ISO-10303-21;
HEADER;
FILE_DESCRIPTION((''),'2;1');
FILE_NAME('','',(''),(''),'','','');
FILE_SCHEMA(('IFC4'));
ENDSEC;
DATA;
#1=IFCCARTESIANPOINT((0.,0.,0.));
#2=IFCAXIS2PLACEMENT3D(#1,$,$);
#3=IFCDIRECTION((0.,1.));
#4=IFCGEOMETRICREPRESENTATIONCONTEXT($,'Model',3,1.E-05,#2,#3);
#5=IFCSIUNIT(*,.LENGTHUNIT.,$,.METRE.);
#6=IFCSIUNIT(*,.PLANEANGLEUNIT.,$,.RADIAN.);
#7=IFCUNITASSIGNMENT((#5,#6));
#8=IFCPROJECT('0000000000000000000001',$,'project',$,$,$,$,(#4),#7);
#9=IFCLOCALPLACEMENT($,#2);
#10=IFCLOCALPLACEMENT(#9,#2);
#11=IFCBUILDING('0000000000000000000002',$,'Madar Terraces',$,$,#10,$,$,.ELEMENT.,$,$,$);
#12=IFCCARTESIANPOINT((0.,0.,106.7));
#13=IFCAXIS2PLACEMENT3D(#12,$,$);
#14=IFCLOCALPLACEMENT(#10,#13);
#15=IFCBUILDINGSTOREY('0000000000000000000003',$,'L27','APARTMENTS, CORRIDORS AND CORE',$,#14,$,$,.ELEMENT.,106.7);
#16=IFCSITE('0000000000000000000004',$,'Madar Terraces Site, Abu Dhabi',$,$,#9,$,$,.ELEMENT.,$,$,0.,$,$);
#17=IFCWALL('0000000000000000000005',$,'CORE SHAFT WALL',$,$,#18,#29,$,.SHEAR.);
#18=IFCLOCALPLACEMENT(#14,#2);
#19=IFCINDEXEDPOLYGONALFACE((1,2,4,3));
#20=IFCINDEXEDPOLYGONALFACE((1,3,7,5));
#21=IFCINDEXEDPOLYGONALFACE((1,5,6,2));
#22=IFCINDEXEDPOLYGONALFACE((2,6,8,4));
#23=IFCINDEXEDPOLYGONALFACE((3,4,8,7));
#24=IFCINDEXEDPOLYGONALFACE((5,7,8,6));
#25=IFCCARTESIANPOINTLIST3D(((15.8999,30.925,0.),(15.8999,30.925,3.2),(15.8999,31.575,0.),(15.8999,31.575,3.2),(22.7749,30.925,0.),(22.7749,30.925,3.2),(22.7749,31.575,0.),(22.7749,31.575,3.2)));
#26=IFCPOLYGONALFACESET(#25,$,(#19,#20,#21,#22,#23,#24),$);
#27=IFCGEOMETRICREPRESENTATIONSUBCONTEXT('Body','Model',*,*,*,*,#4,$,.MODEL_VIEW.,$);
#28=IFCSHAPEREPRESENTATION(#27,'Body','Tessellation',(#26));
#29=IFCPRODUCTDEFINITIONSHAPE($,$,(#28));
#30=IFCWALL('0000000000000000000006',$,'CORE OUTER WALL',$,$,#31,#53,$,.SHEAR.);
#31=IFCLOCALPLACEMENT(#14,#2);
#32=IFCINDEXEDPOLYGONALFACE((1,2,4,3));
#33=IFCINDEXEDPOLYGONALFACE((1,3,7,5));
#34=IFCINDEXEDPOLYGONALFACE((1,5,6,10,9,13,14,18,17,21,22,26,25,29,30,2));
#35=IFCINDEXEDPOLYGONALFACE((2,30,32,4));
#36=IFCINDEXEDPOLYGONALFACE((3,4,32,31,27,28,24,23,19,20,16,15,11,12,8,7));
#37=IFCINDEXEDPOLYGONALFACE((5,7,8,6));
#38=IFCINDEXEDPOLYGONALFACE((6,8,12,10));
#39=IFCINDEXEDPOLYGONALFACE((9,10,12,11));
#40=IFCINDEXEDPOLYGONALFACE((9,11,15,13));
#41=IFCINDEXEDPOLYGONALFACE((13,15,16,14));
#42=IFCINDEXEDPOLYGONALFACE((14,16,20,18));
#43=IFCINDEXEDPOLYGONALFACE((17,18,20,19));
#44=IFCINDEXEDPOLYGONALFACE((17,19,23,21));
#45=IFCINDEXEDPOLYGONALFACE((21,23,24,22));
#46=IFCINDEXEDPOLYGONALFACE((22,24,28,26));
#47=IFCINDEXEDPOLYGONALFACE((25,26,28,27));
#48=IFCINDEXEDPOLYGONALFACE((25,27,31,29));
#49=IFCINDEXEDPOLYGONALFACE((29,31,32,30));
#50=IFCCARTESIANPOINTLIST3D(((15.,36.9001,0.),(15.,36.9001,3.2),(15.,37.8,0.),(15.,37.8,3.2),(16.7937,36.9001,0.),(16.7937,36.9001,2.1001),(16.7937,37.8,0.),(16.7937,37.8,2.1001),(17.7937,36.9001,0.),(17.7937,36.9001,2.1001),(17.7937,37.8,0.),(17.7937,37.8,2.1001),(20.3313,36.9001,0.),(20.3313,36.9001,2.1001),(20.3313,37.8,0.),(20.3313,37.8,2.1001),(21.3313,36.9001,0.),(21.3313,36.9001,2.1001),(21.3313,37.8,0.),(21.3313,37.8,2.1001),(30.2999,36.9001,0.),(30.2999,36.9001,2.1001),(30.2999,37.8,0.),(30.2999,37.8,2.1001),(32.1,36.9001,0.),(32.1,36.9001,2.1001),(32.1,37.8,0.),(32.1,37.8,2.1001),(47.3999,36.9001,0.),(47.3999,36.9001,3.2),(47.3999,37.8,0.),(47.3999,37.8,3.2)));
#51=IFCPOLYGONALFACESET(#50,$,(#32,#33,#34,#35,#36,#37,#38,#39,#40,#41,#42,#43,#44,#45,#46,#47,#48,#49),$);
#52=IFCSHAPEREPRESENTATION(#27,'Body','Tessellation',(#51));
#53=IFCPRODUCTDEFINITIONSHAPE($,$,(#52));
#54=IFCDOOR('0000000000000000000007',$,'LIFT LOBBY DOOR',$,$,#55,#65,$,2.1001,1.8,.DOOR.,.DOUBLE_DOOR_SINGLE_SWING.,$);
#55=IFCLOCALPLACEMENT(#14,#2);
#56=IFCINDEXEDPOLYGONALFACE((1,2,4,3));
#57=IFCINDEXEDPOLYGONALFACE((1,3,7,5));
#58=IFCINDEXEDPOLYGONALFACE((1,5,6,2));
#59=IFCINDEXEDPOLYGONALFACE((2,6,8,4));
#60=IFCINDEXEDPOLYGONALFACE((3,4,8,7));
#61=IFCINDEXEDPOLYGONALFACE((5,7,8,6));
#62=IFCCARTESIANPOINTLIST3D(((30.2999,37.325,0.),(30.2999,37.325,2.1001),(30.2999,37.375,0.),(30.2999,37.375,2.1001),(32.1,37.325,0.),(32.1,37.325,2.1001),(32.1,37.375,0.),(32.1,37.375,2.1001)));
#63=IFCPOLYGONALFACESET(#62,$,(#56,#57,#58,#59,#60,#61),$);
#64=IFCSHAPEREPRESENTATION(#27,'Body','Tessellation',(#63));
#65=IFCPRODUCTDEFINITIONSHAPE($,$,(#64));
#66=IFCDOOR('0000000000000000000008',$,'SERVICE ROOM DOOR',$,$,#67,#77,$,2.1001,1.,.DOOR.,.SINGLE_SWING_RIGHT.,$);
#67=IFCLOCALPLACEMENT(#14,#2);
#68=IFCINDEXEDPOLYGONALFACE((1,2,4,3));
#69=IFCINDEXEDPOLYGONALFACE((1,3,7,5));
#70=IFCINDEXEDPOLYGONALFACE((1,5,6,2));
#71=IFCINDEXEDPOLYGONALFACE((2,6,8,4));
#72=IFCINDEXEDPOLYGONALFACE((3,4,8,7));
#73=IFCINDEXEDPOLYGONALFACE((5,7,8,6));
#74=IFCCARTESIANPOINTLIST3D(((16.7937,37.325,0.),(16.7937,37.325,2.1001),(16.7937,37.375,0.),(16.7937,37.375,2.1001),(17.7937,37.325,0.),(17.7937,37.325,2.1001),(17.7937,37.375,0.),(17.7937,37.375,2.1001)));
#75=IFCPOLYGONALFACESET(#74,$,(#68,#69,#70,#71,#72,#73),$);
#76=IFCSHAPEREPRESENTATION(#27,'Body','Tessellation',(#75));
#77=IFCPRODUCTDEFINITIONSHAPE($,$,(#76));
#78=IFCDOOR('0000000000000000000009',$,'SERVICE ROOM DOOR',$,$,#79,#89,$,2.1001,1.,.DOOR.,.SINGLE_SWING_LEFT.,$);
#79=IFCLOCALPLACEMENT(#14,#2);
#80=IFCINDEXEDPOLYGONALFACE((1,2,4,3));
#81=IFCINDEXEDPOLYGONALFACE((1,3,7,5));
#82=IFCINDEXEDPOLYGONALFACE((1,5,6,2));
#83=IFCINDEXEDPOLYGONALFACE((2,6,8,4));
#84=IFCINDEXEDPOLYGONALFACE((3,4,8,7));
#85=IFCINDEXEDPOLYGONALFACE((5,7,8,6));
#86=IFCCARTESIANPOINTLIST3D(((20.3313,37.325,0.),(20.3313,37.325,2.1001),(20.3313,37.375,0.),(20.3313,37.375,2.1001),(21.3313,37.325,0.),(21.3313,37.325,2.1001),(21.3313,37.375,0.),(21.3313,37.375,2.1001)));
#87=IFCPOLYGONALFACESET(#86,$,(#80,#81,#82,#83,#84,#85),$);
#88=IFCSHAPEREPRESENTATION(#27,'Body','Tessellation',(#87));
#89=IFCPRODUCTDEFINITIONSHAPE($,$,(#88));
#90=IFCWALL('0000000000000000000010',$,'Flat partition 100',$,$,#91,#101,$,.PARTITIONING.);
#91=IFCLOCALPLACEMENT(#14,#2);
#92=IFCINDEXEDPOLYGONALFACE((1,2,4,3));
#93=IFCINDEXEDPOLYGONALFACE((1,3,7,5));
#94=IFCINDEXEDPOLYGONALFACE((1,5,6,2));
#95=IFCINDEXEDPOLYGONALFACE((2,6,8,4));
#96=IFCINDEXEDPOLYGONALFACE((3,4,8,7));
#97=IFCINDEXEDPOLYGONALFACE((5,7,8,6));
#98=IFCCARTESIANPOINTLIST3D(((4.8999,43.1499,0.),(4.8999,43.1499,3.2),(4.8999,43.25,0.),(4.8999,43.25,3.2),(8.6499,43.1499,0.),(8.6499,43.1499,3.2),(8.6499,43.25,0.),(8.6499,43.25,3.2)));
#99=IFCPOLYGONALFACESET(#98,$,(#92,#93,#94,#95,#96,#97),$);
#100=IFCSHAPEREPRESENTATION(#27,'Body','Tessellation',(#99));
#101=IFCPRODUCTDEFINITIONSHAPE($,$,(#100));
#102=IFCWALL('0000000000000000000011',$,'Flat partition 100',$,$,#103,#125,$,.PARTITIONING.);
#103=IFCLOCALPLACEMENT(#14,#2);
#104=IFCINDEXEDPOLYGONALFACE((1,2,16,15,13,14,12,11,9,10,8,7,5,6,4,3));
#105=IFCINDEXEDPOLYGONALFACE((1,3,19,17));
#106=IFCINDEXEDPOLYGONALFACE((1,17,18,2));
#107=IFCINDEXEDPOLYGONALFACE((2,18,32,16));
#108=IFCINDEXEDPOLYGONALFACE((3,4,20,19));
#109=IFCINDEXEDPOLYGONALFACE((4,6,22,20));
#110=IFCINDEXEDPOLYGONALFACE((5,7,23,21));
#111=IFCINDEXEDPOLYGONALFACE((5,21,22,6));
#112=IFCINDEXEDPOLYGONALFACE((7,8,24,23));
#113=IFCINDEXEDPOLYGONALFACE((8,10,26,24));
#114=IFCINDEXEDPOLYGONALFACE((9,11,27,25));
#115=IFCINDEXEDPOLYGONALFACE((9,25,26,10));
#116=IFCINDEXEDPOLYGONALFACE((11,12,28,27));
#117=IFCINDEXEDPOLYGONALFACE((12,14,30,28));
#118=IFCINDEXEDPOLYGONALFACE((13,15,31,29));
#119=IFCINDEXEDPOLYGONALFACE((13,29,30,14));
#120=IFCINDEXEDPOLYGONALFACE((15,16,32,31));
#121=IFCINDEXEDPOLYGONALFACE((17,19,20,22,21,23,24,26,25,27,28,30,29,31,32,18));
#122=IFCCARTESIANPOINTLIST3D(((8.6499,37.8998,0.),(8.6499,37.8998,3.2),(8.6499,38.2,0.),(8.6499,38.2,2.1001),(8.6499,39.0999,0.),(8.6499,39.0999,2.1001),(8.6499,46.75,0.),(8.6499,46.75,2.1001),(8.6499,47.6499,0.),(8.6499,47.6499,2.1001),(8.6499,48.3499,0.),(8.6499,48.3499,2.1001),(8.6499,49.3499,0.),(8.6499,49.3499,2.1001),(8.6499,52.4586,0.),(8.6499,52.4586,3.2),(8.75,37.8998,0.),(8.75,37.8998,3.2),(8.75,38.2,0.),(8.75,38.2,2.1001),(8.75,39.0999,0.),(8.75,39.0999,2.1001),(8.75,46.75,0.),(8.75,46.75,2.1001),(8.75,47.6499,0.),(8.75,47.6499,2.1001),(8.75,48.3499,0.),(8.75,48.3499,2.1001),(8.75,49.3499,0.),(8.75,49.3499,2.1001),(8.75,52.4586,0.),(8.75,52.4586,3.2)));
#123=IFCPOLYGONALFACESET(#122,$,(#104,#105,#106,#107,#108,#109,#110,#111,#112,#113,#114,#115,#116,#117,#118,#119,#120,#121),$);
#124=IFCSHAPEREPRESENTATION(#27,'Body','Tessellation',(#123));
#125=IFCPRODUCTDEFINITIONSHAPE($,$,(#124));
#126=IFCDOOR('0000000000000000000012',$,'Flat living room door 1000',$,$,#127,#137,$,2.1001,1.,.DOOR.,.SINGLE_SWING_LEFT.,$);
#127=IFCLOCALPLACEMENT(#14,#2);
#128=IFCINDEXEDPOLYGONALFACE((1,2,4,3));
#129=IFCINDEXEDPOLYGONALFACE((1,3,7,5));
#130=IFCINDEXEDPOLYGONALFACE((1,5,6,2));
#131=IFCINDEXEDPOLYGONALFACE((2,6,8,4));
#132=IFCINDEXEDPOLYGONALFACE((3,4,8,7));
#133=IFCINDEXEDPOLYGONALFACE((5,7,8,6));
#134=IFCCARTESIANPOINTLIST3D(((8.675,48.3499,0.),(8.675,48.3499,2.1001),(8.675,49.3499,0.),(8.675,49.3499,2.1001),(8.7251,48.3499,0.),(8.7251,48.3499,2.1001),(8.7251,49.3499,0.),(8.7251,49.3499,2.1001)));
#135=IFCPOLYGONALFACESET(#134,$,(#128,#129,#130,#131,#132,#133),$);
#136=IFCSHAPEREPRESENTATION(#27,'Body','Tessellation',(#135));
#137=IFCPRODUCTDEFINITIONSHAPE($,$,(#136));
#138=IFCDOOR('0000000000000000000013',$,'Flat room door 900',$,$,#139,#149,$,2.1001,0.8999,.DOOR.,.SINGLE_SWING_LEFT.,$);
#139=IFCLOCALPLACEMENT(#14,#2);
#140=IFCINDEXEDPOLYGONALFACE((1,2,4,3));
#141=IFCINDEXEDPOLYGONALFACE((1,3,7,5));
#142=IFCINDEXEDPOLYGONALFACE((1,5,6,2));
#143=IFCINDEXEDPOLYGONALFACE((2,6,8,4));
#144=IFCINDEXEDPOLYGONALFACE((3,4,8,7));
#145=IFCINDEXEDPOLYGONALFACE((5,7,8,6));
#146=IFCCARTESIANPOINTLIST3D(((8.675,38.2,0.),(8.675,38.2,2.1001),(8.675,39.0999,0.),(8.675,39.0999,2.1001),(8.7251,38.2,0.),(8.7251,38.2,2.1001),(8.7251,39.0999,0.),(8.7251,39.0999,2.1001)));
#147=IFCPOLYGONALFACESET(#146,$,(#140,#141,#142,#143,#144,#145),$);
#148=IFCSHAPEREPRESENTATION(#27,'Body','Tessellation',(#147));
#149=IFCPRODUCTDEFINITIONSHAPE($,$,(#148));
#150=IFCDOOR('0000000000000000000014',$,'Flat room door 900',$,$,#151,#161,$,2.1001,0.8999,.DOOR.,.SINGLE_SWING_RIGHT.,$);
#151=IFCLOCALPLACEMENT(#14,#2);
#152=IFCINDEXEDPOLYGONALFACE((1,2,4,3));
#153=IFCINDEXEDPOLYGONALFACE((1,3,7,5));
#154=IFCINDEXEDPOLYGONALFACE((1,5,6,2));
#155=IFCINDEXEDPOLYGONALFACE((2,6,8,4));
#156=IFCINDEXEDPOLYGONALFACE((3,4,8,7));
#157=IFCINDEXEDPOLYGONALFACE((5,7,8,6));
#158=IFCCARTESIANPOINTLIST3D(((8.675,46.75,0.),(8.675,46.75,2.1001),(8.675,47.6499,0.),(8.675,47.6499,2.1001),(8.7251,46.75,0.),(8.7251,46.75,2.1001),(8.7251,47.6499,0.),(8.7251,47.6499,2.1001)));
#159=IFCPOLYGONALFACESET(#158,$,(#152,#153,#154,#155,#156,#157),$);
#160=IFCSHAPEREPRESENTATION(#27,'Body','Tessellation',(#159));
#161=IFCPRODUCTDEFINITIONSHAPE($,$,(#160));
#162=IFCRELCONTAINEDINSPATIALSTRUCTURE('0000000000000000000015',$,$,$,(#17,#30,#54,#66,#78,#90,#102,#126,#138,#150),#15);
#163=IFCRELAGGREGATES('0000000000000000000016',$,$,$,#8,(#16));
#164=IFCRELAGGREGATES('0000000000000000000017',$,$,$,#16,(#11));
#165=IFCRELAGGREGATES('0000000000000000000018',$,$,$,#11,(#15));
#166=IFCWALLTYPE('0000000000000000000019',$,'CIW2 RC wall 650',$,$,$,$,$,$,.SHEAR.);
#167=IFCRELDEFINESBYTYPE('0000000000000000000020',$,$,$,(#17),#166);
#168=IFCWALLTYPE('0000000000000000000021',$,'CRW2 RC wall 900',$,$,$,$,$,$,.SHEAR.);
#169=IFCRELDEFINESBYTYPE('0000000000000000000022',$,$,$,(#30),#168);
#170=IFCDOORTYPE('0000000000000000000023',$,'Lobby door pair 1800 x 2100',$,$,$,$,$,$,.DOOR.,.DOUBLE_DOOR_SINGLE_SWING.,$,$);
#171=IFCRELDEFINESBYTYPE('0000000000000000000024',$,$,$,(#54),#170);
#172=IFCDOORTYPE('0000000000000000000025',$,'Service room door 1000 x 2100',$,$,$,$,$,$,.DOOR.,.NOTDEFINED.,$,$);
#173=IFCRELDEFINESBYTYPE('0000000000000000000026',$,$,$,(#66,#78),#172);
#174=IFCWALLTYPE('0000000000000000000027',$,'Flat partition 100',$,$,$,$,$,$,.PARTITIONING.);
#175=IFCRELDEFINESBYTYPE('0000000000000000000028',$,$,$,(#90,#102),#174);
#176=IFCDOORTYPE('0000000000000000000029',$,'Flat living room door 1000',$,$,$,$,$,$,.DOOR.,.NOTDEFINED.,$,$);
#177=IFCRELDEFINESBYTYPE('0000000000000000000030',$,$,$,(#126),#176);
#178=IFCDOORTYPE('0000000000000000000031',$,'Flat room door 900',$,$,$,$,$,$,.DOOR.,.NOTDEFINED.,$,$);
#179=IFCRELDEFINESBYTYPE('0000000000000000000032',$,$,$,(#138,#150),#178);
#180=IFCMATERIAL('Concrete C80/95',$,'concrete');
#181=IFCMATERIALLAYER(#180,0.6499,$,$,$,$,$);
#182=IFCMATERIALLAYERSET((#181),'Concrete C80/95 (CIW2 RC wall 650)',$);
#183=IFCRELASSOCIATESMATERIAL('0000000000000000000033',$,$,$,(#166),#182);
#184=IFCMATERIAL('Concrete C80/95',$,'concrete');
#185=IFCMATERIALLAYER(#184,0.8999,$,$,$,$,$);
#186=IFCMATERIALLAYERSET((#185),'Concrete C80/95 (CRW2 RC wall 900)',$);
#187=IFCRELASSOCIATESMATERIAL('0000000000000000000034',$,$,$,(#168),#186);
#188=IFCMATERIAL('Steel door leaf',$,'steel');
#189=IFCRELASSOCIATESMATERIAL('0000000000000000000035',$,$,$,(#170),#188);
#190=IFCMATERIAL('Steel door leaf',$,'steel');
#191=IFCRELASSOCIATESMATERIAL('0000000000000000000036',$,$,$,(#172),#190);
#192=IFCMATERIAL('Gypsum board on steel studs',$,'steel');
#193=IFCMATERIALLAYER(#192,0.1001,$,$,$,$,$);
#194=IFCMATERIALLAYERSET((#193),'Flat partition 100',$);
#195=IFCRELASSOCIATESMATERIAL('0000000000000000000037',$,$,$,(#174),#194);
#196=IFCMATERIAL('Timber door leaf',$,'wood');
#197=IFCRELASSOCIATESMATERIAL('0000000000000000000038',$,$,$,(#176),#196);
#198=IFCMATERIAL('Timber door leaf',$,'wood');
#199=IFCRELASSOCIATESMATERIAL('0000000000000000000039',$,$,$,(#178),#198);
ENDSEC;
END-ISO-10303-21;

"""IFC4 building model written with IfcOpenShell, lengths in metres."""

from ifc_helpers import new_model, si_unit, direction, frame, frame_2d, origin, place, context, subcontext, project, spatial, rectangle, extrude, material, layer, layer_set, type_object, element, fill, save


model = new_model("IFC4")

# Units and contexts
model_context = context("Model", 3, precision=1e-05, world=origin(), true_north=direction((0.0, 1.0)))
body_context = subcontext(model_context, "Body", "Model", "MODEL_VIEW")
ifc_project = project(units=[si_unit("LENGTHUNIT", "METRE"), si_unit("PLANEANGLEUNIT", "RADIAN")], contexts=[model_context])

# Site, building, storey
site_placement = place(None, origin())
site = spatial("IfcSite", under=ifc_project, at=site_placement, Name="Madar Terraces Site, Abu Dhabi", CompositionType="ELEMENT", RefElevation=0.0)
building_placement = place(site_placement, origin())
building = spatial("IfcBuilding", under=site, at=building_placement, Name="Madar Terraces", CompositionType="ELEMENT")
storey_placement = place(building_placement, frame((0.0, 0.0, 106.7)))
storey = spatial("IfcBuildingStorey", under=building, at=storey_placement, Name="L27", Description="APARTMENTS, CORRIDORS AND CORE", CompositionType="ELEMENT", Elevation=106.7)

# Wall
ifc_material_1 = material(Name="Concrete C80/95", Category="concrete")
ifc_layer_1 = layer(ifc_material_1, 0.6499)
ifc_layer_set_1 = layer_set([ifc_layer_1], Name="Concrete C80/95 (CIW2 RC wall 650)")
wall_type_1 = type_object("IfcWallType", Name="CIW2 RC wall 650", PredefinedType="SHEAR", material=ifc_layer_set_1)
wall_1_placement = place(storey_placement, frame((15.8999, 31.25, 0.0), z_axis=(0.0, 0.0, 1.0), x_axis=(1.0, 0.0, 0.0)))
element("IfcWall", 1, at=wall_1_placement, inside=storey, type_object=wall_type_1, Name="CORE SHAFT WALL", PredefinedType="SHEAR", context=body_context, shape_type="SweptSolid", body=[
    extrude(rectangle(XDim=6.875, YDim=0.6499, at=frame_2d((3.4375, 0.0))), origin(), (0.0, 0.0, 1.0), 3.2),
])

# Wall, openings, doors
ifc_material_2 = material(Name="Concrete C80/95", Category="concrete")
ifc_layer_2 = layer(ifc_material_2, 0.8999)
ifc_layer_set_2 = layer_set([ifc_layer_2], Name="Concrete C80/95 (CRW2 RC wall 900)")
wall_type_2 = type_object("IfcWallType", Name="CRW2 RC wall 900", PredefinedType="SHEAR", material=ifc_layer_set_2)
wall_2_placement = place(storey_placement, frame((15.0, 37.3501, 0.0), z_axis=(0.0, 0.0, 1.0), x_axis=(1.0, 0.0, 0.0)))
wall_2 = element("IfcWall", 2, at=wall_2_placement, inside=storey, type_object=wall_type_2, Name="CORE OUTER WALL", PredefinedType="SHEAR", context=body_context, shape_type="SweptSolid", body=[
    extrude(rectangle(XDim=32.3999, YDim=0.8999, at=frame_2d((16.2, 0.0))), origin(), (0.0, 0.0, 1.0), 3.2),
])
opening_1_placement = place(wall_2_placement, frame((15.3, 0.0, 0.0)))
opening_1 = element("IfcOpeningElement", 3, at=opening_1_placement, cuts=wall_2, PredefinedType="OPENING", context=body_context, shape_type="SweptSolid", body=[
    extrude(rectangle(XDim=1.8, YDim=2.1001, at=frame_2d((0.8999, 1.05))), frame((0.0, 0.46, 0.0), z_axis=(0.0, -1.0, 0.0), x_axis=(1.0, 0.0, 0.0)), (0.0, 0.0, 1.0), 0.9199),
])
opening_2_placement = place(wall_2_placement, frame((1.7937, 0.0, 0.0)))
opening_2 = element("IfcOpeningElement", 4, at=opening_2_placement, cuts=wall_2, PredefinedType="OPENING", context=body_context, shape_type="SweptSolid", body=[
    extrude(rectangle(XDim=1.0, YDim=2.1001, at=frame_2d((0.5, 1.05))), frame((0.0, 0.46, 0.0), z_axis=(0.0, -1.0, 0.0), x_axis=(1.0, 0.0, 0.0)), (0.0, 0.0, 1.0), 0.9199),
])
opening_3_placement = place(wall_2_placement, frame((5.3313, 0.0, 0.0)))
opening_3 = element("IfcOpeningElement", 5, at=opening_3_placement, cuts=wall_2, PredefinedType="OPENING", context=body_context, shape_type="SweptSolid", body=[
    extrude(rectangle(XDim=1.0, YDim=2.1001, at=frame_2d((0.5, 1.05))), frame((0.0, 0.46, 0.0), z_axis=(0.0, -1.0, 0.0), x_axis=(1.0, 0.0, 0.0)), (0.0, 0.0, 1.0), 0.9199),
])
ifc_material_3 = material(Name="Steel door leaf", Category="steel")
door_type_1 = type_object("IfcDoorType", Name="Lobby door pair 1800 x 2100", OperationType="DOUBLE_DOOR_SINGLE_SWING", PredefinedType="DOOR", material=ifc_material_3)
door_1_placement = place(opening_1_placement, origin())
door_1 = element("IfcDoor", 6, at=door_1_placement, inside=storey, type_object=door_type_1, Name="LIFT LOBBY DOOR", OperationType="DOUBLE_DOOR_SINGLE_SWING", OverallHeight=2.1001, OverallWidth=1.8, PredefinedType="DOOR", context=body_context, shape_type="SweptSolid", body=[
    extrude(rectangle(XDim=1.8, YDim=2.1001, at=frame_2d((0.8999, 1.05))), frame((0.0, 0.0249, 0.0), z_axis=(0.0, -1.0, 0.0), x_axis=(1.0, 0.0, 0.0)), (0.0, 0.0, 1.0), 0.05),
])
fill(opening_1, door_1)
ifc_material_4 = material(Name="Steel door leaf", Category="steel")
door_type_2 = type_object("IfcDoorType", Name="Service room door 1000 x 2100", OperationType="NOTDEFINED", PredefinedType="DOOR", material=ifc_material_4)
door_2_placement = place(opening_2_placement, origin())
door_2 = element("IfcDoor", 7, at=door_2_placement, inside=storey, type_object=door_type_2, Name="SERVICE ROOM DOOR", OperationType="SINGLE_SWING_RIGHT", OverallHeight=2.1001, OverallWidth=1.0, PredefinedType="DOOR", context=body_context, shape_type="SweptSolid", body=[
    extrude(rectangle(XDim=1.0, YDim=2.1001, at=frame_2d((0.5, 1.05))), frame((0.0, 0.0249, 0.0), z_axis=(0.0, -1.0, 0.0), x_axis=(1.0, 0.0, 0.0)), (0.0, 0.0, 1.0), 0.05),
])
fill(opening_2, door_2)
door_3_placement = place(opening_3_placement, origin())
door_3 = element("IfcDoor", 8, at=door_3_placement, inside=storey, type_object=door_type_2, Name="SERVICE ROOM DOOR", OperationType="SINGLE_SWING_LEFT", OverallHeight=2.1001, OverallWidth=1.0, PredefinedType="DOOR", context=body_context, shape_type="SweptSolid", body=[
    extrude(rectangle(XDim=1.0, YDim=2.1001, at=frame_2d((0.5, 1.05))), frame((0.0, 0.0249, 0.0), z_axis=(0.0, -1.0, 0.0), x_axis=(1.0, 0.0, 0.0)), (0.0, 0.0, 1.0), 0.05),
])
fill(opening_3, door_3)

# Wall
ifc_material_5 = material(Name="Gypsum board on steel studs", Category="steel")
ifc_layer_3 = layer(ifc_material_5, 0.1001)
ifc_layer_set_3 = layer_set([ifc_layer_3], Name="Flat partition 100")
wall_type_3 = type_object("IfcWallType", Name="Flat partition 100", PredefinedType="PARTITIONING", material=ifc_layer_set_3)
wall_3_placement = place(storey_placement, frame((8.6499, 43.2, 0.0), z_axis=(0.0, 0.0, 1.0), x_axis=(-1.0, 0.0, 0.0)))
element("IfcWall", 9, at=wall_3_placement, inside=storey, type_object=wall_type_3, Name="Flat partition 100", PredefinedType="PARTITIONING", context=body_context, shape_type="SweptSolid", body=[
    extrude(rectangle(XDim=3.75, YDim=0.1001, at=frame_2d((1.875, 0.0))), origin(), (0.0, 0.0, 1.0), 3.2),
])

# Wall, openings, doors
wall_4_placement = place(storey_placement, frame((8.7, 37.8999, 0.0), z_axis=(0.0, 0.0, 1.0), x_axis=(0.0, 1.0, 0.0)))
wall_4 = element("IfcWall", 10, at=wall_4_placement, inside=storey, type_object=wall_type_3, Name="Flat partition 100", PredefinedType="PARTITIONING", context=body_context, shape_type="SweptSolid", body=[
    extrude(rectangle(XDim=14.5588, YDim=0.1001, at=frame_2d((7.2793, 0.0))), origin(), (0.0, 0.0, 1.0), 3.2),
])
opening_4_placement = place(wall_4_placement, frame((0.3, 0.0, 0.0)))
opening_4 = element("IfcOpeningElement", 11, at=opening_4_placement, cuts=wall_4, PredefinedType="OPENING", context=body_context, shape_type="SweptSolid", body=[
    extrude(rectangle(XDim=0.8999, YDim=2.1001, at=frame_2d((0.45, 1.05))), frame((0.0, 0.0601, 0.0), z_axis=(0.0, -1.0, 0.0), x_axis=(1.0, 0.0, 0.0)), (0.0, 0.0, 1.0), 0.1201),
])
opening_5_placement = place(wall_4_placement, frame((8.8501, 0.0, 0.0)))
opening_5 = element("IfcOpeningElement", 12, at=opening_5_placement, cuts=wall_4, PredefinedType="OPENING", context=body_context, shape_type="SweptSolid", body=[
    extrude(rectangle(XDim=0.8999, YDim=2.1001, at=frame_2d((0.45, 1.05))), frame((0.0, 0.0601, 0.0), z_axis=(0.0, -1.0, 0.0), x_axis=(1.0, 0.0, 0.0)), (0.0, 0.0, 1.0), 0.1201),
])
opening_6_placement = place(wall_4_placement, frame((10.45, 0.0, 0.0)))
opening_6 = element("IfcOpeningElement", 13, at=opening_6_placement, cuts=wall_4, PredefinedType="OPENING", context=body_context, shape_type="SweptSolid", body=[
    extrude(rectangle(XDim=1.0, YDim=2.1001, at=frame_2d((0.5, 1.05))), frame((0.0, 0.0601, 0.0), z_axis=(0.0, -1.0, 0.0), x_axis=(1.0, 0.0, 0.0)), (0.0, 0.0, 1.0), 0.1201),
])
ifc_material_6 = material(Name="Timber door leaf", Category="wood")
door_type_3 = type_object("IfcDoorType", Name="Flat living room door 1000", OperationType="NOTDEFINED", PredefinedType="DOOR", material=ifc_material_6)
door_4_placement = place(opening_6_placement, origin())
door_4 = element("IfcDoor", 14, at=door_4_placement, inside=storey, type_object=door_type_3, Name="Flat living room door 1000", OperationType="SINGLE_SWING_LEFT", OverallHeight=2.1001, OverallWidth=1.0, PredefinedType="DOOR", context=body_context, shape_type="SweptSolid", body=[
    extrude(rectangle(XDim=1.0, YDim=2.1001, at=frame_2d((0.5, 1.05))), frame((0.0, 0.0249, 0.0), z_axis=(0.0, -1.0, 0.0), x_axis=(1.0, 0.0, 0.0)), (0.0, 0.0, 1.0), 0.05),
])
fill(opening_6, door_4)
ifc_material_7 = material(Name="Timber door leaf", Category="wood")
door_type_4 = type_object("IfcDoorType", Name="Flat room door 900", OperationType="NOTDEFINED", PredefinedType="DOOR", material=ifc_material_7)
door_5_placement = place(opening_4_placement, origin())
door_5 = element("IfcDoor", 15, at=door_5_placement, inside=storey, type_object=door_type_4, Name="Flat room door 900", OperationType="SINGLE_SWING_LEFT", OverallHeight=2.1001, OverallWidth=0.8999, PredefinedType="DOOR", context=body_context, shape_type="SweptSolid", body=[
    extrude(rectangle(XDim=0.8999, YDim=2.1001, at=frame_2d((0.45, 1.05))), frame((0.0, 0.0249, 0.0), z_axis=(0.0, -1.0, 0.0), x_axis=(1.0, 0.0, 0.0)), (0.0, 0.0, 1.0), 0.05),
])
fill(opening_4, door_5)
door_6_placement = place(opening_5_placement, origin())
door_6 = element("IfcDoor", 16, at=door_6_placement, inside=storey, type_object=door_type_4, Name="Flat room door 900", OperationType="SINGLE_SWING_RIGHT", OverallHeight=2.1001, OverallWidth=0.8999, PredefinedType="DOOR", context=body_context, shape_type="SweptSolid", body=[
    extrude(rectangle(XDim=0.8999, YDim=2.1001, at=frame_2d((0.45, 1.05))), frame((0.0, 0.0249, 0.0), z_axis=(0.0, -1.0, 0.0), x_axis=(1.0, 0.0, 0.0)), (0.0, 0.0, 1.0), 0.05),
])
fill(opening_5, door_6)

save(model, "model.ifc")
